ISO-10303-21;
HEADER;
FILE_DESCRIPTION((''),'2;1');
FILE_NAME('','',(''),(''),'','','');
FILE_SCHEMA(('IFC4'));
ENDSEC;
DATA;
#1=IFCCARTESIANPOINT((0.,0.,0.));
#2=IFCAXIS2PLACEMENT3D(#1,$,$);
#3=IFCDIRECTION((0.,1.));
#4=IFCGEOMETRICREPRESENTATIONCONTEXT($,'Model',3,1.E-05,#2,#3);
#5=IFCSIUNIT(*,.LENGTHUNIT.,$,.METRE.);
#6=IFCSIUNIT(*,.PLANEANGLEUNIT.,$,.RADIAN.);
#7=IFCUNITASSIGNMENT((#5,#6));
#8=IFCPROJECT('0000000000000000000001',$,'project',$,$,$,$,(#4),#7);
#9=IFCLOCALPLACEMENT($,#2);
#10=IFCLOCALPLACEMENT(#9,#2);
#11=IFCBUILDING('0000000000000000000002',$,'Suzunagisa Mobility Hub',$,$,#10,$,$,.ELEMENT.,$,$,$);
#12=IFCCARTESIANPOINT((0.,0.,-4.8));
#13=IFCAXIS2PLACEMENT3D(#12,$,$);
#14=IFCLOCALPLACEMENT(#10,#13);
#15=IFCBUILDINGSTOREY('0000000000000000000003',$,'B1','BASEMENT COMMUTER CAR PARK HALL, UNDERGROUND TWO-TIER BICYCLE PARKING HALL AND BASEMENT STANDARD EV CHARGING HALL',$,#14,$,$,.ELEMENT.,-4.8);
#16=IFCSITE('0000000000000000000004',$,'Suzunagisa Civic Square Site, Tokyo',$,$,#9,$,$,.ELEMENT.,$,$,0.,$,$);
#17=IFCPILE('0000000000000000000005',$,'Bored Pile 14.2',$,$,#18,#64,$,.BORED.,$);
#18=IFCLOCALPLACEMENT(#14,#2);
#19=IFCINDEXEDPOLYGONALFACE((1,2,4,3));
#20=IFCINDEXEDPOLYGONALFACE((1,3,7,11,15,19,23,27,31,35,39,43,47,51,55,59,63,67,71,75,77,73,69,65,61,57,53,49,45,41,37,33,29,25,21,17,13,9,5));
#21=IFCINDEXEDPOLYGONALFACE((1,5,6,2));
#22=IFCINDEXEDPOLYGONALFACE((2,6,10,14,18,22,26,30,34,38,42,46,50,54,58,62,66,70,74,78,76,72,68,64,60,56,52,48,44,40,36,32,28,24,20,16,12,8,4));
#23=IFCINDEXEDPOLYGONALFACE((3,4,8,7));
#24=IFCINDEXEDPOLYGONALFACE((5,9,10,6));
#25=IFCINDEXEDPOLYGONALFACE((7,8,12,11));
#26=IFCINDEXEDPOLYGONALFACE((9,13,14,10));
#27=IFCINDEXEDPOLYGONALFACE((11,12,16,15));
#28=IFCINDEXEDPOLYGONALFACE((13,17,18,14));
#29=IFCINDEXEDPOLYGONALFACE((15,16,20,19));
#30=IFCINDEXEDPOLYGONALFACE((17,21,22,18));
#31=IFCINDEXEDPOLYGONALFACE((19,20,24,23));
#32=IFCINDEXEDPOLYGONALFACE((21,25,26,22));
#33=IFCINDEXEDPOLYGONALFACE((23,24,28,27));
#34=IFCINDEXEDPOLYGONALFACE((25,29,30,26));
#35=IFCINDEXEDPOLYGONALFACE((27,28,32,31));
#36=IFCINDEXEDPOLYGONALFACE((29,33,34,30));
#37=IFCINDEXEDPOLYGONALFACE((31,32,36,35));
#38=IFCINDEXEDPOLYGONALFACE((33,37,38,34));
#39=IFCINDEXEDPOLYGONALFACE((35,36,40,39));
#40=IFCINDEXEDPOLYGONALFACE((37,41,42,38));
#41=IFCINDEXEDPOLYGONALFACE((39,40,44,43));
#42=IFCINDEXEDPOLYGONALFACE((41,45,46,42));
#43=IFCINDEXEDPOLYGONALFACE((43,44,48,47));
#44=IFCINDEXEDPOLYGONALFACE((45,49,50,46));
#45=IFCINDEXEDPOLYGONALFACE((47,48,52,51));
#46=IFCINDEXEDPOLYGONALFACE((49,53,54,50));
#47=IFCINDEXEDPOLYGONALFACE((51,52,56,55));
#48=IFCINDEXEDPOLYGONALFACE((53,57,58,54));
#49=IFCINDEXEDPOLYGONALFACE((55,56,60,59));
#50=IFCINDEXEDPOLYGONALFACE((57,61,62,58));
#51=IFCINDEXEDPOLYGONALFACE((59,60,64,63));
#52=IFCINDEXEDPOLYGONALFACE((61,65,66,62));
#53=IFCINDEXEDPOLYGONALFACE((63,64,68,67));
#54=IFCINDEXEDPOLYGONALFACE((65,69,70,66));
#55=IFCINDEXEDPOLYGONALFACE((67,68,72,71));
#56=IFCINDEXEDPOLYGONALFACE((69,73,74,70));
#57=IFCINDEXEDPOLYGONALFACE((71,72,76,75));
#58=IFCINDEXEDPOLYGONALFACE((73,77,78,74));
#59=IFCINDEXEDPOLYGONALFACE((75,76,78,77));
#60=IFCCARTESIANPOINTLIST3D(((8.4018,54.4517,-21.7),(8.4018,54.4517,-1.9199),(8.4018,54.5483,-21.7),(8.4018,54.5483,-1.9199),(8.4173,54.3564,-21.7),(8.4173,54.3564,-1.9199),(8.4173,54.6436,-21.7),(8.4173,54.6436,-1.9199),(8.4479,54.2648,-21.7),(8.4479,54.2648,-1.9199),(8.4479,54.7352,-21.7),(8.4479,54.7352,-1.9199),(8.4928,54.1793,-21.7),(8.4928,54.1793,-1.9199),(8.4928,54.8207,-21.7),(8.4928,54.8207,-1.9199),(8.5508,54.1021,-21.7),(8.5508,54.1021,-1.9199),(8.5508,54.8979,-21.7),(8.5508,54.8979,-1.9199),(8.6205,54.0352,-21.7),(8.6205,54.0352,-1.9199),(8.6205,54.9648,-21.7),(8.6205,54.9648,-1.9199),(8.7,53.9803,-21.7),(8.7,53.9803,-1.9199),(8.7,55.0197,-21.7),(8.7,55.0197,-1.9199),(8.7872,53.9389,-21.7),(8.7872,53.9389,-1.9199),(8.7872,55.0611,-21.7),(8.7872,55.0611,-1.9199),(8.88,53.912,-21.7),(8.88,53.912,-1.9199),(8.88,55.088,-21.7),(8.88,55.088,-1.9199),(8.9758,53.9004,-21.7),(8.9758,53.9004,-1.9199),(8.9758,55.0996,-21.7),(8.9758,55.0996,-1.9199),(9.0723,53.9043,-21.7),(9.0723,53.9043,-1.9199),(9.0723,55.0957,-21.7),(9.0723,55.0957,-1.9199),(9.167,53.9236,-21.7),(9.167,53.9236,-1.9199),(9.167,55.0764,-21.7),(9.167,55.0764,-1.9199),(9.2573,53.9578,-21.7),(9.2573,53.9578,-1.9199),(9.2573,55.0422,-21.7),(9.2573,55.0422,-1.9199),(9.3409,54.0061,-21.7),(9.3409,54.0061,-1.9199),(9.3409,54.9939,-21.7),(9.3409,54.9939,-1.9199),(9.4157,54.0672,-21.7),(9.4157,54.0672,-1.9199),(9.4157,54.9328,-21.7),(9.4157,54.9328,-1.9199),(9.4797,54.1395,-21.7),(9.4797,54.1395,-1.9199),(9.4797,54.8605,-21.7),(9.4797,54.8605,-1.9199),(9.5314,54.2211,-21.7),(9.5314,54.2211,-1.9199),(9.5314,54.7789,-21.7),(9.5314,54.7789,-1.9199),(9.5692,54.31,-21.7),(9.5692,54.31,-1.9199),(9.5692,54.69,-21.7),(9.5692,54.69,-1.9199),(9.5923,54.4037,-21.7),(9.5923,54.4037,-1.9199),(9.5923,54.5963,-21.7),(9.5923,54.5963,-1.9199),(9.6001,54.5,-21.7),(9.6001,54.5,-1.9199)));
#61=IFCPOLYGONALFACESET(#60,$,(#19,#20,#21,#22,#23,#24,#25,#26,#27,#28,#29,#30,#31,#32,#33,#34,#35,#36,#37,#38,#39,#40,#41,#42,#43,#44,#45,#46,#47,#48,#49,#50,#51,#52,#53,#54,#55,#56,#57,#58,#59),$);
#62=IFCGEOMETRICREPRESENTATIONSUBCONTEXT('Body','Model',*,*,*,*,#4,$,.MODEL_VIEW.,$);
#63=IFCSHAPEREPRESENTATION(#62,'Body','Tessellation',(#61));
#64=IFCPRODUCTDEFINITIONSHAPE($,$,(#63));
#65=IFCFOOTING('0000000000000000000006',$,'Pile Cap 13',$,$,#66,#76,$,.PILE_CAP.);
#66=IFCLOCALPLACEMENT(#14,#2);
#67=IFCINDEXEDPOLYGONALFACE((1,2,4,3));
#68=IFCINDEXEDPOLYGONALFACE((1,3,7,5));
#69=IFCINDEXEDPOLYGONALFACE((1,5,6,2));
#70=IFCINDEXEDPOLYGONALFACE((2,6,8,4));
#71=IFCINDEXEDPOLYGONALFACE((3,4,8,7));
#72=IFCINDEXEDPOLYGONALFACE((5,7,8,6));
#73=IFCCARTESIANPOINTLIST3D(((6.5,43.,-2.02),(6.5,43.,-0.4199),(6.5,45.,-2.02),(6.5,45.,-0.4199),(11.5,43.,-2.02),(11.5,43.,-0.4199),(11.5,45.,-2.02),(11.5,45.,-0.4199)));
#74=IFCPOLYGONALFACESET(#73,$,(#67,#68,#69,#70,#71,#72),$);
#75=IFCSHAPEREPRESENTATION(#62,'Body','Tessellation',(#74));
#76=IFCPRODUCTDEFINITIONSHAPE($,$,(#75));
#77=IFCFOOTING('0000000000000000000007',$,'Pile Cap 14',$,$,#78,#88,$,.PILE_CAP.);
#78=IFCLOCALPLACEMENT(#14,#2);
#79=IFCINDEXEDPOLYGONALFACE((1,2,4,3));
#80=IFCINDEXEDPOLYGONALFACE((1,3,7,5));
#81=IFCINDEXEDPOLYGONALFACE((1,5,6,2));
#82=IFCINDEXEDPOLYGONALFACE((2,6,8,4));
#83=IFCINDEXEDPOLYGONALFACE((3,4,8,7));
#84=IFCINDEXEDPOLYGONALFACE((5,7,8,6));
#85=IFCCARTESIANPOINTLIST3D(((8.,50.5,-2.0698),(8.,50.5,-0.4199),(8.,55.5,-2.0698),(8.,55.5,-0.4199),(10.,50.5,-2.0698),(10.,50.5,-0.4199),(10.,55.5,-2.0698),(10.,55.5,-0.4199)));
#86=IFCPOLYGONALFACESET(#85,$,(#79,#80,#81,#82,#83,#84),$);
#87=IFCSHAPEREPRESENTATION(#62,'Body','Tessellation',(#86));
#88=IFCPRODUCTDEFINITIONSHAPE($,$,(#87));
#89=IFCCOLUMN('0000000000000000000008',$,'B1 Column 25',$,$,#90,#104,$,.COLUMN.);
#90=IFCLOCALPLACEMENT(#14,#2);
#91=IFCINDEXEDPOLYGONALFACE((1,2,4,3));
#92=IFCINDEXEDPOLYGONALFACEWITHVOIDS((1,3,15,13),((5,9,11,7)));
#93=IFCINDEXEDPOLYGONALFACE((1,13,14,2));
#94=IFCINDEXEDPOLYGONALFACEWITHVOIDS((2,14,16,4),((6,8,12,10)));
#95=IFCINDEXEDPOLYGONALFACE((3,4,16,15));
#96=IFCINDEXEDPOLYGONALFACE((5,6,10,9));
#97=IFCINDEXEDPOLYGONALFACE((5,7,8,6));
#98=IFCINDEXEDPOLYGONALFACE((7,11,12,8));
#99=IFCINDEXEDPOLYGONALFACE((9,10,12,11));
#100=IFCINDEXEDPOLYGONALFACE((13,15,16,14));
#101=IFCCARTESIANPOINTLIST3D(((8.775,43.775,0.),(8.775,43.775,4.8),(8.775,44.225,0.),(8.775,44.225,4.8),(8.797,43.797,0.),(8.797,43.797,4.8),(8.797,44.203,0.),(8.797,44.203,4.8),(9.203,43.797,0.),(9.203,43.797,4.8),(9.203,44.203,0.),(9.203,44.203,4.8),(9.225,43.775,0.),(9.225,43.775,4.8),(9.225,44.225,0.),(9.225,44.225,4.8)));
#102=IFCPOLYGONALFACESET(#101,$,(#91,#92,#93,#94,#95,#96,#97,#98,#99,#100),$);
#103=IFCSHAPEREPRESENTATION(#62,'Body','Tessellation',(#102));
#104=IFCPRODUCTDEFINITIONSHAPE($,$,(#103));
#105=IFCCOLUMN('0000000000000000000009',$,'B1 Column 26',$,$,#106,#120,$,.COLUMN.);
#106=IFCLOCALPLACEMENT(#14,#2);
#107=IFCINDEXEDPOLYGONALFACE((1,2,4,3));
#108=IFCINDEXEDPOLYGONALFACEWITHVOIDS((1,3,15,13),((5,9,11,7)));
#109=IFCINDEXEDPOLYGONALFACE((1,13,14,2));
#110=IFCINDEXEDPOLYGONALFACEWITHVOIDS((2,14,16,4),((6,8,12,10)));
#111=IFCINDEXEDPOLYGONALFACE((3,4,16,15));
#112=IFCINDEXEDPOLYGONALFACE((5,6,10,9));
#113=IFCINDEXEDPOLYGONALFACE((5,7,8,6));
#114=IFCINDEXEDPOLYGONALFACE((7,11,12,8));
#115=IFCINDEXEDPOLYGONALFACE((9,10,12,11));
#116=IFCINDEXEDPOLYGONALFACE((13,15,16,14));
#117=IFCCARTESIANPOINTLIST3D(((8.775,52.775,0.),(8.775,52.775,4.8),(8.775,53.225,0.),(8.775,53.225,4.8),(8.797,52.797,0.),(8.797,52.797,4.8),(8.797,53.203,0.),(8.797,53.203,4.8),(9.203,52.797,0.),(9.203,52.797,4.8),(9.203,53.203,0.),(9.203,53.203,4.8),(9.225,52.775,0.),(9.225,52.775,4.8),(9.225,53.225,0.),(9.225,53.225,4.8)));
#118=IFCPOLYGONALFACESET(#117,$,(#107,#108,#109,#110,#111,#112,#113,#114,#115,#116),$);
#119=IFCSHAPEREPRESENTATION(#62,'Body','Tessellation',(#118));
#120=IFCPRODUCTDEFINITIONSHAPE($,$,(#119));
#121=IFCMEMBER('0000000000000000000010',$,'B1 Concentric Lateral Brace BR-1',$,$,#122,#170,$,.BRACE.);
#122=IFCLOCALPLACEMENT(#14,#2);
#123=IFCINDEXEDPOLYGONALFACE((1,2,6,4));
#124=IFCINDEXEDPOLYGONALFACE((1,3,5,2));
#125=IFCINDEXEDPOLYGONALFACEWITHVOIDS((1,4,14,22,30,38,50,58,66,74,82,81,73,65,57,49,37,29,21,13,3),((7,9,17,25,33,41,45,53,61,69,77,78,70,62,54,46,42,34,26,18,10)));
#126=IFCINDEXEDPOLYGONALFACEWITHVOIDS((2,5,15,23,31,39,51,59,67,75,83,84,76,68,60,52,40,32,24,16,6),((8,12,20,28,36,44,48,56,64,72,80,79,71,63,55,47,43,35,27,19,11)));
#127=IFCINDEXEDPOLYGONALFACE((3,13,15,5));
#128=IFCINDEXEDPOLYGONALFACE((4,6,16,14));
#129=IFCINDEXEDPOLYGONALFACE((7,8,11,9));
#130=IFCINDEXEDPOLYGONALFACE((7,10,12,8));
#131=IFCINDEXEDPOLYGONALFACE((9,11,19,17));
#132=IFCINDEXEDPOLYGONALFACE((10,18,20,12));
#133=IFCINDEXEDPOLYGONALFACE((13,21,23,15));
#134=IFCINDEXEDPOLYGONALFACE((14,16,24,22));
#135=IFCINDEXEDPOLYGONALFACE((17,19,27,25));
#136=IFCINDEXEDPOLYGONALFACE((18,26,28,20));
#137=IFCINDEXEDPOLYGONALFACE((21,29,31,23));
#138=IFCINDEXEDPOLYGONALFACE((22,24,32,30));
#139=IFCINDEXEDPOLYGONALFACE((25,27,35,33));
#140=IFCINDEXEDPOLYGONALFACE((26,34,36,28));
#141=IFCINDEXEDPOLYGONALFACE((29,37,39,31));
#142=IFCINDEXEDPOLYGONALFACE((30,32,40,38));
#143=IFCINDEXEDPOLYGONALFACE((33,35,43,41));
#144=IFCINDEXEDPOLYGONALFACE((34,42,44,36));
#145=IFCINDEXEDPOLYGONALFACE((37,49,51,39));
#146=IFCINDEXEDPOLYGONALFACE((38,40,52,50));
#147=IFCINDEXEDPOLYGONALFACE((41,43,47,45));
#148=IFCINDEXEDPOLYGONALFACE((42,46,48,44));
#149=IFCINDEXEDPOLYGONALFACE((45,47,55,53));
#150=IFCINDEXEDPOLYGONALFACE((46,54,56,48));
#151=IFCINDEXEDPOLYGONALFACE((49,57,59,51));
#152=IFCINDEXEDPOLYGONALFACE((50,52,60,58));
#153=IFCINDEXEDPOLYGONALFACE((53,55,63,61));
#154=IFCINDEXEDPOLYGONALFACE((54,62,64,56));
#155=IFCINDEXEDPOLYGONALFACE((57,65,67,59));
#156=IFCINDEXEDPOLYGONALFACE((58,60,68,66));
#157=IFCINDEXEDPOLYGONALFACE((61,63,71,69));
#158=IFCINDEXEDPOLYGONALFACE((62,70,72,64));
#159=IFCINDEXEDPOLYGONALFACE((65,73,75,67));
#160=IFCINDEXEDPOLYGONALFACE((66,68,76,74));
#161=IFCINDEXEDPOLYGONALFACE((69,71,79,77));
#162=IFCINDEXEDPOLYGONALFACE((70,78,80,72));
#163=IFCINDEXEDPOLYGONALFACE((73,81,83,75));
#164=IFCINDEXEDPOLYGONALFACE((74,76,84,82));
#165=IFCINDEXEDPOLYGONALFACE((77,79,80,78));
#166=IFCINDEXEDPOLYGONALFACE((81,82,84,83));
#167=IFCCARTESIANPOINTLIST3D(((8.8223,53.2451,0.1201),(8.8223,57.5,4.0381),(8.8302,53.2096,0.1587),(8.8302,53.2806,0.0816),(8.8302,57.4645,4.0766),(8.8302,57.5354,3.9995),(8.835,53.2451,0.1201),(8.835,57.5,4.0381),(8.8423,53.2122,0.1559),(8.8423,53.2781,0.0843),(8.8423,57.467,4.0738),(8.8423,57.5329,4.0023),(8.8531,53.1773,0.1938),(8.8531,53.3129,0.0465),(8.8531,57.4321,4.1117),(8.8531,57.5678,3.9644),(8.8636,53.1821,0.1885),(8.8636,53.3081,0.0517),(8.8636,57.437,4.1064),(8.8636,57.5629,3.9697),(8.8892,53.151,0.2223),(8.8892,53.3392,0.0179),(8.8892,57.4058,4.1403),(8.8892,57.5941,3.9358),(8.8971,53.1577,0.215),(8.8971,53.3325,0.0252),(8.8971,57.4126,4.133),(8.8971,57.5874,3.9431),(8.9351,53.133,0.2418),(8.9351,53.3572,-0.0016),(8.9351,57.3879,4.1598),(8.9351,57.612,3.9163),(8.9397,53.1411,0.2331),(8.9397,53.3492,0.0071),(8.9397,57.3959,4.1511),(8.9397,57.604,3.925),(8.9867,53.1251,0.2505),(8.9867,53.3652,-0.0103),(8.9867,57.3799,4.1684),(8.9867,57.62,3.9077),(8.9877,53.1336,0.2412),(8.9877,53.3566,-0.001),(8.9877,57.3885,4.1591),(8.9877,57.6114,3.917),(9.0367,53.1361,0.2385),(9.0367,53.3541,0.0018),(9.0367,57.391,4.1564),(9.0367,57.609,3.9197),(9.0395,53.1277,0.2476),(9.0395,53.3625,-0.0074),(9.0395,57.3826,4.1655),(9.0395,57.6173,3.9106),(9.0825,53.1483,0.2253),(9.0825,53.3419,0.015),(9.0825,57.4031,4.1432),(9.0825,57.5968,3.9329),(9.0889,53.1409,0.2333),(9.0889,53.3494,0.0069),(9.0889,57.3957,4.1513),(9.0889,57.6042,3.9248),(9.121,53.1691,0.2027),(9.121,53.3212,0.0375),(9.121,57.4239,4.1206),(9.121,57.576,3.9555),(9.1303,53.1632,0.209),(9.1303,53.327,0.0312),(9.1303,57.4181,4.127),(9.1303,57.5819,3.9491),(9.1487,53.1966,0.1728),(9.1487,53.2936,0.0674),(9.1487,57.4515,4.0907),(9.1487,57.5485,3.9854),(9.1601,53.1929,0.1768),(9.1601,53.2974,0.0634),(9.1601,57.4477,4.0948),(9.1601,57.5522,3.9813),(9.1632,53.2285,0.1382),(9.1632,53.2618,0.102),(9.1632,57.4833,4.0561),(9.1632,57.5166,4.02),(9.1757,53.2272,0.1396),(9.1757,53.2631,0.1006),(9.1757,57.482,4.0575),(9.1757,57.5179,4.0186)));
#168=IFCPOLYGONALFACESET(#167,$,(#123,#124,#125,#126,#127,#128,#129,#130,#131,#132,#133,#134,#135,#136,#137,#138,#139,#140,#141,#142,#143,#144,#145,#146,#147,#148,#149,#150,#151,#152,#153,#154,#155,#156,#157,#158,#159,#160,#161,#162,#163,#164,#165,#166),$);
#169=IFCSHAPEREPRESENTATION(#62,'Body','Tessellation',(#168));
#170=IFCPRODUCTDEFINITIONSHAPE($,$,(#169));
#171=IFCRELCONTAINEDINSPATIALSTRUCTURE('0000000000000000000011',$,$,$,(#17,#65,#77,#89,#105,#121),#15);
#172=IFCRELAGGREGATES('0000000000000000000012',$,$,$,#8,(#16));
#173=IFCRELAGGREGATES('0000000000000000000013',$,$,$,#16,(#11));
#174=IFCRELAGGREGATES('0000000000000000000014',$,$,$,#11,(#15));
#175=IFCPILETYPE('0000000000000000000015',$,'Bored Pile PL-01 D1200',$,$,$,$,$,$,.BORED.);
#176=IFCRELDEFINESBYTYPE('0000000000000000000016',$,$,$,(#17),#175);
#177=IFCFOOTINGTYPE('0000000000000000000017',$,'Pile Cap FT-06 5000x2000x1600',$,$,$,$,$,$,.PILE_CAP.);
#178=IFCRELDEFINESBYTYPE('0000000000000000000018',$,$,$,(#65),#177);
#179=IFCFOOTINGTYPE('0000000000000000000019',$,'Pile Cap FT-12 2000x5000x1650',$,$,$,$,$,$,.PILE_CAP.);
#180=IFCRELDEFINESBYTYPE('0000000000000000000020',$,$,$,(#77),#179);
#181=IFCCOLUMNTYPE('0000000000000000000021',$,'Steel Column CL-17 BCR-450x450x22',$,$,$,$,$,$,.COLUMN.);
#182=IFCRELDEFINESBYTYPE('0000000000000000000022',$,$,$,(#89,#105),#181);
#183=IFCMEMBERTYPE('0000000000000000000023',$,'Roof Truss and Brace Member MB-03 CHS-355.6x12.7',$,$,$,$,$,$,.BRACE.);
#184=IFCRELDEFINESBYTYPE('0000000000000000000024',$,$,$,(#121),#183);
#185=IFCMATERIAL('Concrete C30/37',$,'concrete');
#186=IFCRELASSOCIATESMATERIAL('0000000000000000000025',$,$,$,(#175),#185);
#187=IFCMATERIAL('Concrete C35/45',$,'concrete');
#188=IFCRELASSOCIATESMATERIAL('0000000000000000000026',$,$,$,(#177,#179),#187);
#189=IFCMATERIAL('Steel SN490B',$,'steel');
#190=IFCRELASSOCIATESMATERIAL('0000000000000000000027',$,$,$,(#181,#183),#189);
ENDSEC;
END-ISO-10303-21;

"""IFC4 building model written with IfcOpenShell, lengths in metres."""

from ifc_helpers import new_model, si_unit, direction, frame, origin, origin_2d, place, context, subcontext, project, spatial, rectangle, hollow_rectangle, circle, hollow_circle, extrude, material, material_profile, profile_set, type_object, element, save


model = new_model("IFC4")

# Units and contexts
model_context = context("Model", 3, precision=1e-05, world=origin(), true_north=direction((0.0, 1.0)))
body_context = subcontext(model_context, "Body", "Model", "MODEL_VIEW")
ifc_project = project(units=[si_unit("LENGTHUNIT", "METRE"), si_unit("PLANEANGLEUNIT", "RADIAN")], contexts=[model_context])

# Site, building, storey
site_placement = place(None, origin())
site = spatial("IfcSite", under=ifc_project, at=site_placement, Name="Suzunagisa Civic Square Site, Tokyo", CompositionType="ELEMENT", RefElevation=0.0)
building_placement = place(site_placement, origin())
building = spatial("IfcBuilding", under=site, at=building_placement, Name="Suzunagisa Mobility Hub", CompositionType="ELEMENT")
storey_placement = place(building_placement, frame((0.0, 0.0, -4.8)))
storey = spatial("IfcBuildingStorey", under=building, at=storey_placement, Name="B1", Description="BASEMENT COMMUTER CAR PARK HALL, UNDERGROUND TWO-TIER BICYCLE PARKING HALL AND BASEMENT STANDARD EV CHARGING HALL", CompositionType="ELEMENT", Elevation=-4.8)

# Pile
ifc_material_1 = material(Name="Concrete C30/37", Category="concrete")
ifc_material_profile_1 = material_profile(ifc_material_1, circle(Radius=0.6001, at=origin_2d()), Name="BORED PILE D1200")
ifc_profile_set_1 = profile_set([ifc_material_profile_1], Name="Concrete C30/37")
pile_type = type_object("IfcPileType", Name="Bored Pile PL-01 D1200", PredefinedType="BORED", material=ifc_profile_set_1)
for number, where, z_axis, x_axis, name in (
    (1, (9.0, 54.5, -1.9199), (0.0, 0.0, -1.0), (1.0, 0.0, 0.0), "Bored Pile 14.2"),
):
    element("IfcPile", number, at=place(storey_placement, frame(where, z_axis=z_axis, x_axis=x_axis)), inside=storey, type_object=pile_type, Name=name, PredefinedType="BORED", context=body_context, shape_type="SweptSolid", body=[
        extrude(circle(Radius=0.6001, at=origin_2d()), origin(), (0.0, 0.0, 1.0), 19.78),
    ])

# Footings
ifc_material_2 = material(Name="Concrete C35/45", Category="concrete")
footing_type_1 = type_object("IfcFootingType", Name="Pile Cap FT-06 5000x2000x1600", PredefinedType="PILE_CAP", material=ifc_material_2)
footing_1_placement = place(storey_placement, frame((9.0, 44.0, -2.02), z_axis=(0.0, 0.0, 1.0), x_axis=(1.0, 0.0, 0.0)))
element("IfcFooting", 2, at=footing_1_placement, inside=storey, type_object=footing_type_1, Name="Pile Cap 13", PredefinedType="PILE_CAP", context=body_context, shape_type="SweptSolid", body=[
    extrude(rectangle(XDim=5.0, YDim=2.0, at=origin_2d()), origin(), (0.0, 0.0, 1.0), 1.6001),
])
footing_type_2 = type_object("IfcFootingType", Name="Pile Cap FT-12 2000x5000x1650", PredefinedType="PILE_CAP", material=ifc_material_2)
footing_2_placement = place(storey_placement, frame((9.0, 53.0, -2.0698), z_axis=(0.0, 0.0, 1.0), x_axis=(1.0, 0.0, 0.0)))
element("IfcFooting", 3, at=footing_2_placement, inside=storey, type_object=footing_type_2, Name="Pile Cap 14", PredefinedType="PILE_CAP", context=body_context, shape_type="SweptSolid", body=[
    extrude(rectangle(XDim=2.0, YDim=5.0, at=origin_2d()), origin(), (0.0, 0.0, 1.0), 1.6499),
])

# Columns
ifc_material_3 = material(Name="Steel SN490B", Category="steel")
ifc_material_profile_2 = material_profile(ifc_material_3, hollow_rectangle(XDim=0.45, YDim=0.45, WallThickness=0.022, at=origin_2d()), Name="BCR-450x450x22")
ifc_profile_set_2 = profile_set([ifc_material_profile_2], Name="Steel SN490B")
column_type = type_object("IfcColumnType", Name="Steel Column CL-17 BCR-450x450x22", PredefinedType="COLUMN", material=ifc_profile_set_2)
for number, where, z_axis, x_axis, name in (
    (4, (9.0, 44.0, 0.0), (0.0, 0.0, 1.0), (1.0, 0.0, 0.0), "B1 Column 25"),
    (5, (9.0, 53.0, 0.0), (0.0, 0.0, 1.0), (1.0, 0.0, 0.0), "B1 Column 26"),
):
    element("IfcColumn", number, at=place(storey_placement, frame(where, z_axis=z_axis, x_axis=x_axis)), inside=storey, type_object=column_type, Name=name, PredefinedType="COLUMN", context=body_context, shape_type="SweptSolid", body=[
        extrude(hollow_rectangle(XDim=0.45, YDim=0.45, WallThickness=0.022, at=origin_2d()), origin(), (0.0, 0.0, 1.0), 4.8),
    ])

# Member
ifc_material_profile_3 = material_profile(ifc_material_3, hollow_circle(Radius=0.1777, WallThickness=0.0127, at=origin_2d()), Name="CHS-355.6x12.7")
ifc_profile_set_3 = profile_set([ifc_material_profile_3], Name="Steel SN490B")
member_type = type_object("IfcMemberType", Name="Roof Truss and Brace Member MB-03 CHS-355.6x12.7", PredefinedType="BRACE", material=ifc_profile_set_3)
member_placement = place(storey_placement, frame((9.0, 53.2451, 0.1201), z_axis=(0.0, 0.735631, 0.677382), x_axis=(-1.0, 0.0, 0.0)))
element("IfcMember", 6, at=member_placement, inside=storey, type_object=member_type, Name="B1 Concentric Lateral Brace BR-1", PredefinedType="BRACE", context=body_context, shape_type="SweptSolid", body=[
    extrude(hollow_circle(Radius=0.1777, WallThickness=0.0127, at=origin_2d()), origin(), (0.0, 0.0, 1.0), 5.7839),
])

save(model, "model.ifc")
